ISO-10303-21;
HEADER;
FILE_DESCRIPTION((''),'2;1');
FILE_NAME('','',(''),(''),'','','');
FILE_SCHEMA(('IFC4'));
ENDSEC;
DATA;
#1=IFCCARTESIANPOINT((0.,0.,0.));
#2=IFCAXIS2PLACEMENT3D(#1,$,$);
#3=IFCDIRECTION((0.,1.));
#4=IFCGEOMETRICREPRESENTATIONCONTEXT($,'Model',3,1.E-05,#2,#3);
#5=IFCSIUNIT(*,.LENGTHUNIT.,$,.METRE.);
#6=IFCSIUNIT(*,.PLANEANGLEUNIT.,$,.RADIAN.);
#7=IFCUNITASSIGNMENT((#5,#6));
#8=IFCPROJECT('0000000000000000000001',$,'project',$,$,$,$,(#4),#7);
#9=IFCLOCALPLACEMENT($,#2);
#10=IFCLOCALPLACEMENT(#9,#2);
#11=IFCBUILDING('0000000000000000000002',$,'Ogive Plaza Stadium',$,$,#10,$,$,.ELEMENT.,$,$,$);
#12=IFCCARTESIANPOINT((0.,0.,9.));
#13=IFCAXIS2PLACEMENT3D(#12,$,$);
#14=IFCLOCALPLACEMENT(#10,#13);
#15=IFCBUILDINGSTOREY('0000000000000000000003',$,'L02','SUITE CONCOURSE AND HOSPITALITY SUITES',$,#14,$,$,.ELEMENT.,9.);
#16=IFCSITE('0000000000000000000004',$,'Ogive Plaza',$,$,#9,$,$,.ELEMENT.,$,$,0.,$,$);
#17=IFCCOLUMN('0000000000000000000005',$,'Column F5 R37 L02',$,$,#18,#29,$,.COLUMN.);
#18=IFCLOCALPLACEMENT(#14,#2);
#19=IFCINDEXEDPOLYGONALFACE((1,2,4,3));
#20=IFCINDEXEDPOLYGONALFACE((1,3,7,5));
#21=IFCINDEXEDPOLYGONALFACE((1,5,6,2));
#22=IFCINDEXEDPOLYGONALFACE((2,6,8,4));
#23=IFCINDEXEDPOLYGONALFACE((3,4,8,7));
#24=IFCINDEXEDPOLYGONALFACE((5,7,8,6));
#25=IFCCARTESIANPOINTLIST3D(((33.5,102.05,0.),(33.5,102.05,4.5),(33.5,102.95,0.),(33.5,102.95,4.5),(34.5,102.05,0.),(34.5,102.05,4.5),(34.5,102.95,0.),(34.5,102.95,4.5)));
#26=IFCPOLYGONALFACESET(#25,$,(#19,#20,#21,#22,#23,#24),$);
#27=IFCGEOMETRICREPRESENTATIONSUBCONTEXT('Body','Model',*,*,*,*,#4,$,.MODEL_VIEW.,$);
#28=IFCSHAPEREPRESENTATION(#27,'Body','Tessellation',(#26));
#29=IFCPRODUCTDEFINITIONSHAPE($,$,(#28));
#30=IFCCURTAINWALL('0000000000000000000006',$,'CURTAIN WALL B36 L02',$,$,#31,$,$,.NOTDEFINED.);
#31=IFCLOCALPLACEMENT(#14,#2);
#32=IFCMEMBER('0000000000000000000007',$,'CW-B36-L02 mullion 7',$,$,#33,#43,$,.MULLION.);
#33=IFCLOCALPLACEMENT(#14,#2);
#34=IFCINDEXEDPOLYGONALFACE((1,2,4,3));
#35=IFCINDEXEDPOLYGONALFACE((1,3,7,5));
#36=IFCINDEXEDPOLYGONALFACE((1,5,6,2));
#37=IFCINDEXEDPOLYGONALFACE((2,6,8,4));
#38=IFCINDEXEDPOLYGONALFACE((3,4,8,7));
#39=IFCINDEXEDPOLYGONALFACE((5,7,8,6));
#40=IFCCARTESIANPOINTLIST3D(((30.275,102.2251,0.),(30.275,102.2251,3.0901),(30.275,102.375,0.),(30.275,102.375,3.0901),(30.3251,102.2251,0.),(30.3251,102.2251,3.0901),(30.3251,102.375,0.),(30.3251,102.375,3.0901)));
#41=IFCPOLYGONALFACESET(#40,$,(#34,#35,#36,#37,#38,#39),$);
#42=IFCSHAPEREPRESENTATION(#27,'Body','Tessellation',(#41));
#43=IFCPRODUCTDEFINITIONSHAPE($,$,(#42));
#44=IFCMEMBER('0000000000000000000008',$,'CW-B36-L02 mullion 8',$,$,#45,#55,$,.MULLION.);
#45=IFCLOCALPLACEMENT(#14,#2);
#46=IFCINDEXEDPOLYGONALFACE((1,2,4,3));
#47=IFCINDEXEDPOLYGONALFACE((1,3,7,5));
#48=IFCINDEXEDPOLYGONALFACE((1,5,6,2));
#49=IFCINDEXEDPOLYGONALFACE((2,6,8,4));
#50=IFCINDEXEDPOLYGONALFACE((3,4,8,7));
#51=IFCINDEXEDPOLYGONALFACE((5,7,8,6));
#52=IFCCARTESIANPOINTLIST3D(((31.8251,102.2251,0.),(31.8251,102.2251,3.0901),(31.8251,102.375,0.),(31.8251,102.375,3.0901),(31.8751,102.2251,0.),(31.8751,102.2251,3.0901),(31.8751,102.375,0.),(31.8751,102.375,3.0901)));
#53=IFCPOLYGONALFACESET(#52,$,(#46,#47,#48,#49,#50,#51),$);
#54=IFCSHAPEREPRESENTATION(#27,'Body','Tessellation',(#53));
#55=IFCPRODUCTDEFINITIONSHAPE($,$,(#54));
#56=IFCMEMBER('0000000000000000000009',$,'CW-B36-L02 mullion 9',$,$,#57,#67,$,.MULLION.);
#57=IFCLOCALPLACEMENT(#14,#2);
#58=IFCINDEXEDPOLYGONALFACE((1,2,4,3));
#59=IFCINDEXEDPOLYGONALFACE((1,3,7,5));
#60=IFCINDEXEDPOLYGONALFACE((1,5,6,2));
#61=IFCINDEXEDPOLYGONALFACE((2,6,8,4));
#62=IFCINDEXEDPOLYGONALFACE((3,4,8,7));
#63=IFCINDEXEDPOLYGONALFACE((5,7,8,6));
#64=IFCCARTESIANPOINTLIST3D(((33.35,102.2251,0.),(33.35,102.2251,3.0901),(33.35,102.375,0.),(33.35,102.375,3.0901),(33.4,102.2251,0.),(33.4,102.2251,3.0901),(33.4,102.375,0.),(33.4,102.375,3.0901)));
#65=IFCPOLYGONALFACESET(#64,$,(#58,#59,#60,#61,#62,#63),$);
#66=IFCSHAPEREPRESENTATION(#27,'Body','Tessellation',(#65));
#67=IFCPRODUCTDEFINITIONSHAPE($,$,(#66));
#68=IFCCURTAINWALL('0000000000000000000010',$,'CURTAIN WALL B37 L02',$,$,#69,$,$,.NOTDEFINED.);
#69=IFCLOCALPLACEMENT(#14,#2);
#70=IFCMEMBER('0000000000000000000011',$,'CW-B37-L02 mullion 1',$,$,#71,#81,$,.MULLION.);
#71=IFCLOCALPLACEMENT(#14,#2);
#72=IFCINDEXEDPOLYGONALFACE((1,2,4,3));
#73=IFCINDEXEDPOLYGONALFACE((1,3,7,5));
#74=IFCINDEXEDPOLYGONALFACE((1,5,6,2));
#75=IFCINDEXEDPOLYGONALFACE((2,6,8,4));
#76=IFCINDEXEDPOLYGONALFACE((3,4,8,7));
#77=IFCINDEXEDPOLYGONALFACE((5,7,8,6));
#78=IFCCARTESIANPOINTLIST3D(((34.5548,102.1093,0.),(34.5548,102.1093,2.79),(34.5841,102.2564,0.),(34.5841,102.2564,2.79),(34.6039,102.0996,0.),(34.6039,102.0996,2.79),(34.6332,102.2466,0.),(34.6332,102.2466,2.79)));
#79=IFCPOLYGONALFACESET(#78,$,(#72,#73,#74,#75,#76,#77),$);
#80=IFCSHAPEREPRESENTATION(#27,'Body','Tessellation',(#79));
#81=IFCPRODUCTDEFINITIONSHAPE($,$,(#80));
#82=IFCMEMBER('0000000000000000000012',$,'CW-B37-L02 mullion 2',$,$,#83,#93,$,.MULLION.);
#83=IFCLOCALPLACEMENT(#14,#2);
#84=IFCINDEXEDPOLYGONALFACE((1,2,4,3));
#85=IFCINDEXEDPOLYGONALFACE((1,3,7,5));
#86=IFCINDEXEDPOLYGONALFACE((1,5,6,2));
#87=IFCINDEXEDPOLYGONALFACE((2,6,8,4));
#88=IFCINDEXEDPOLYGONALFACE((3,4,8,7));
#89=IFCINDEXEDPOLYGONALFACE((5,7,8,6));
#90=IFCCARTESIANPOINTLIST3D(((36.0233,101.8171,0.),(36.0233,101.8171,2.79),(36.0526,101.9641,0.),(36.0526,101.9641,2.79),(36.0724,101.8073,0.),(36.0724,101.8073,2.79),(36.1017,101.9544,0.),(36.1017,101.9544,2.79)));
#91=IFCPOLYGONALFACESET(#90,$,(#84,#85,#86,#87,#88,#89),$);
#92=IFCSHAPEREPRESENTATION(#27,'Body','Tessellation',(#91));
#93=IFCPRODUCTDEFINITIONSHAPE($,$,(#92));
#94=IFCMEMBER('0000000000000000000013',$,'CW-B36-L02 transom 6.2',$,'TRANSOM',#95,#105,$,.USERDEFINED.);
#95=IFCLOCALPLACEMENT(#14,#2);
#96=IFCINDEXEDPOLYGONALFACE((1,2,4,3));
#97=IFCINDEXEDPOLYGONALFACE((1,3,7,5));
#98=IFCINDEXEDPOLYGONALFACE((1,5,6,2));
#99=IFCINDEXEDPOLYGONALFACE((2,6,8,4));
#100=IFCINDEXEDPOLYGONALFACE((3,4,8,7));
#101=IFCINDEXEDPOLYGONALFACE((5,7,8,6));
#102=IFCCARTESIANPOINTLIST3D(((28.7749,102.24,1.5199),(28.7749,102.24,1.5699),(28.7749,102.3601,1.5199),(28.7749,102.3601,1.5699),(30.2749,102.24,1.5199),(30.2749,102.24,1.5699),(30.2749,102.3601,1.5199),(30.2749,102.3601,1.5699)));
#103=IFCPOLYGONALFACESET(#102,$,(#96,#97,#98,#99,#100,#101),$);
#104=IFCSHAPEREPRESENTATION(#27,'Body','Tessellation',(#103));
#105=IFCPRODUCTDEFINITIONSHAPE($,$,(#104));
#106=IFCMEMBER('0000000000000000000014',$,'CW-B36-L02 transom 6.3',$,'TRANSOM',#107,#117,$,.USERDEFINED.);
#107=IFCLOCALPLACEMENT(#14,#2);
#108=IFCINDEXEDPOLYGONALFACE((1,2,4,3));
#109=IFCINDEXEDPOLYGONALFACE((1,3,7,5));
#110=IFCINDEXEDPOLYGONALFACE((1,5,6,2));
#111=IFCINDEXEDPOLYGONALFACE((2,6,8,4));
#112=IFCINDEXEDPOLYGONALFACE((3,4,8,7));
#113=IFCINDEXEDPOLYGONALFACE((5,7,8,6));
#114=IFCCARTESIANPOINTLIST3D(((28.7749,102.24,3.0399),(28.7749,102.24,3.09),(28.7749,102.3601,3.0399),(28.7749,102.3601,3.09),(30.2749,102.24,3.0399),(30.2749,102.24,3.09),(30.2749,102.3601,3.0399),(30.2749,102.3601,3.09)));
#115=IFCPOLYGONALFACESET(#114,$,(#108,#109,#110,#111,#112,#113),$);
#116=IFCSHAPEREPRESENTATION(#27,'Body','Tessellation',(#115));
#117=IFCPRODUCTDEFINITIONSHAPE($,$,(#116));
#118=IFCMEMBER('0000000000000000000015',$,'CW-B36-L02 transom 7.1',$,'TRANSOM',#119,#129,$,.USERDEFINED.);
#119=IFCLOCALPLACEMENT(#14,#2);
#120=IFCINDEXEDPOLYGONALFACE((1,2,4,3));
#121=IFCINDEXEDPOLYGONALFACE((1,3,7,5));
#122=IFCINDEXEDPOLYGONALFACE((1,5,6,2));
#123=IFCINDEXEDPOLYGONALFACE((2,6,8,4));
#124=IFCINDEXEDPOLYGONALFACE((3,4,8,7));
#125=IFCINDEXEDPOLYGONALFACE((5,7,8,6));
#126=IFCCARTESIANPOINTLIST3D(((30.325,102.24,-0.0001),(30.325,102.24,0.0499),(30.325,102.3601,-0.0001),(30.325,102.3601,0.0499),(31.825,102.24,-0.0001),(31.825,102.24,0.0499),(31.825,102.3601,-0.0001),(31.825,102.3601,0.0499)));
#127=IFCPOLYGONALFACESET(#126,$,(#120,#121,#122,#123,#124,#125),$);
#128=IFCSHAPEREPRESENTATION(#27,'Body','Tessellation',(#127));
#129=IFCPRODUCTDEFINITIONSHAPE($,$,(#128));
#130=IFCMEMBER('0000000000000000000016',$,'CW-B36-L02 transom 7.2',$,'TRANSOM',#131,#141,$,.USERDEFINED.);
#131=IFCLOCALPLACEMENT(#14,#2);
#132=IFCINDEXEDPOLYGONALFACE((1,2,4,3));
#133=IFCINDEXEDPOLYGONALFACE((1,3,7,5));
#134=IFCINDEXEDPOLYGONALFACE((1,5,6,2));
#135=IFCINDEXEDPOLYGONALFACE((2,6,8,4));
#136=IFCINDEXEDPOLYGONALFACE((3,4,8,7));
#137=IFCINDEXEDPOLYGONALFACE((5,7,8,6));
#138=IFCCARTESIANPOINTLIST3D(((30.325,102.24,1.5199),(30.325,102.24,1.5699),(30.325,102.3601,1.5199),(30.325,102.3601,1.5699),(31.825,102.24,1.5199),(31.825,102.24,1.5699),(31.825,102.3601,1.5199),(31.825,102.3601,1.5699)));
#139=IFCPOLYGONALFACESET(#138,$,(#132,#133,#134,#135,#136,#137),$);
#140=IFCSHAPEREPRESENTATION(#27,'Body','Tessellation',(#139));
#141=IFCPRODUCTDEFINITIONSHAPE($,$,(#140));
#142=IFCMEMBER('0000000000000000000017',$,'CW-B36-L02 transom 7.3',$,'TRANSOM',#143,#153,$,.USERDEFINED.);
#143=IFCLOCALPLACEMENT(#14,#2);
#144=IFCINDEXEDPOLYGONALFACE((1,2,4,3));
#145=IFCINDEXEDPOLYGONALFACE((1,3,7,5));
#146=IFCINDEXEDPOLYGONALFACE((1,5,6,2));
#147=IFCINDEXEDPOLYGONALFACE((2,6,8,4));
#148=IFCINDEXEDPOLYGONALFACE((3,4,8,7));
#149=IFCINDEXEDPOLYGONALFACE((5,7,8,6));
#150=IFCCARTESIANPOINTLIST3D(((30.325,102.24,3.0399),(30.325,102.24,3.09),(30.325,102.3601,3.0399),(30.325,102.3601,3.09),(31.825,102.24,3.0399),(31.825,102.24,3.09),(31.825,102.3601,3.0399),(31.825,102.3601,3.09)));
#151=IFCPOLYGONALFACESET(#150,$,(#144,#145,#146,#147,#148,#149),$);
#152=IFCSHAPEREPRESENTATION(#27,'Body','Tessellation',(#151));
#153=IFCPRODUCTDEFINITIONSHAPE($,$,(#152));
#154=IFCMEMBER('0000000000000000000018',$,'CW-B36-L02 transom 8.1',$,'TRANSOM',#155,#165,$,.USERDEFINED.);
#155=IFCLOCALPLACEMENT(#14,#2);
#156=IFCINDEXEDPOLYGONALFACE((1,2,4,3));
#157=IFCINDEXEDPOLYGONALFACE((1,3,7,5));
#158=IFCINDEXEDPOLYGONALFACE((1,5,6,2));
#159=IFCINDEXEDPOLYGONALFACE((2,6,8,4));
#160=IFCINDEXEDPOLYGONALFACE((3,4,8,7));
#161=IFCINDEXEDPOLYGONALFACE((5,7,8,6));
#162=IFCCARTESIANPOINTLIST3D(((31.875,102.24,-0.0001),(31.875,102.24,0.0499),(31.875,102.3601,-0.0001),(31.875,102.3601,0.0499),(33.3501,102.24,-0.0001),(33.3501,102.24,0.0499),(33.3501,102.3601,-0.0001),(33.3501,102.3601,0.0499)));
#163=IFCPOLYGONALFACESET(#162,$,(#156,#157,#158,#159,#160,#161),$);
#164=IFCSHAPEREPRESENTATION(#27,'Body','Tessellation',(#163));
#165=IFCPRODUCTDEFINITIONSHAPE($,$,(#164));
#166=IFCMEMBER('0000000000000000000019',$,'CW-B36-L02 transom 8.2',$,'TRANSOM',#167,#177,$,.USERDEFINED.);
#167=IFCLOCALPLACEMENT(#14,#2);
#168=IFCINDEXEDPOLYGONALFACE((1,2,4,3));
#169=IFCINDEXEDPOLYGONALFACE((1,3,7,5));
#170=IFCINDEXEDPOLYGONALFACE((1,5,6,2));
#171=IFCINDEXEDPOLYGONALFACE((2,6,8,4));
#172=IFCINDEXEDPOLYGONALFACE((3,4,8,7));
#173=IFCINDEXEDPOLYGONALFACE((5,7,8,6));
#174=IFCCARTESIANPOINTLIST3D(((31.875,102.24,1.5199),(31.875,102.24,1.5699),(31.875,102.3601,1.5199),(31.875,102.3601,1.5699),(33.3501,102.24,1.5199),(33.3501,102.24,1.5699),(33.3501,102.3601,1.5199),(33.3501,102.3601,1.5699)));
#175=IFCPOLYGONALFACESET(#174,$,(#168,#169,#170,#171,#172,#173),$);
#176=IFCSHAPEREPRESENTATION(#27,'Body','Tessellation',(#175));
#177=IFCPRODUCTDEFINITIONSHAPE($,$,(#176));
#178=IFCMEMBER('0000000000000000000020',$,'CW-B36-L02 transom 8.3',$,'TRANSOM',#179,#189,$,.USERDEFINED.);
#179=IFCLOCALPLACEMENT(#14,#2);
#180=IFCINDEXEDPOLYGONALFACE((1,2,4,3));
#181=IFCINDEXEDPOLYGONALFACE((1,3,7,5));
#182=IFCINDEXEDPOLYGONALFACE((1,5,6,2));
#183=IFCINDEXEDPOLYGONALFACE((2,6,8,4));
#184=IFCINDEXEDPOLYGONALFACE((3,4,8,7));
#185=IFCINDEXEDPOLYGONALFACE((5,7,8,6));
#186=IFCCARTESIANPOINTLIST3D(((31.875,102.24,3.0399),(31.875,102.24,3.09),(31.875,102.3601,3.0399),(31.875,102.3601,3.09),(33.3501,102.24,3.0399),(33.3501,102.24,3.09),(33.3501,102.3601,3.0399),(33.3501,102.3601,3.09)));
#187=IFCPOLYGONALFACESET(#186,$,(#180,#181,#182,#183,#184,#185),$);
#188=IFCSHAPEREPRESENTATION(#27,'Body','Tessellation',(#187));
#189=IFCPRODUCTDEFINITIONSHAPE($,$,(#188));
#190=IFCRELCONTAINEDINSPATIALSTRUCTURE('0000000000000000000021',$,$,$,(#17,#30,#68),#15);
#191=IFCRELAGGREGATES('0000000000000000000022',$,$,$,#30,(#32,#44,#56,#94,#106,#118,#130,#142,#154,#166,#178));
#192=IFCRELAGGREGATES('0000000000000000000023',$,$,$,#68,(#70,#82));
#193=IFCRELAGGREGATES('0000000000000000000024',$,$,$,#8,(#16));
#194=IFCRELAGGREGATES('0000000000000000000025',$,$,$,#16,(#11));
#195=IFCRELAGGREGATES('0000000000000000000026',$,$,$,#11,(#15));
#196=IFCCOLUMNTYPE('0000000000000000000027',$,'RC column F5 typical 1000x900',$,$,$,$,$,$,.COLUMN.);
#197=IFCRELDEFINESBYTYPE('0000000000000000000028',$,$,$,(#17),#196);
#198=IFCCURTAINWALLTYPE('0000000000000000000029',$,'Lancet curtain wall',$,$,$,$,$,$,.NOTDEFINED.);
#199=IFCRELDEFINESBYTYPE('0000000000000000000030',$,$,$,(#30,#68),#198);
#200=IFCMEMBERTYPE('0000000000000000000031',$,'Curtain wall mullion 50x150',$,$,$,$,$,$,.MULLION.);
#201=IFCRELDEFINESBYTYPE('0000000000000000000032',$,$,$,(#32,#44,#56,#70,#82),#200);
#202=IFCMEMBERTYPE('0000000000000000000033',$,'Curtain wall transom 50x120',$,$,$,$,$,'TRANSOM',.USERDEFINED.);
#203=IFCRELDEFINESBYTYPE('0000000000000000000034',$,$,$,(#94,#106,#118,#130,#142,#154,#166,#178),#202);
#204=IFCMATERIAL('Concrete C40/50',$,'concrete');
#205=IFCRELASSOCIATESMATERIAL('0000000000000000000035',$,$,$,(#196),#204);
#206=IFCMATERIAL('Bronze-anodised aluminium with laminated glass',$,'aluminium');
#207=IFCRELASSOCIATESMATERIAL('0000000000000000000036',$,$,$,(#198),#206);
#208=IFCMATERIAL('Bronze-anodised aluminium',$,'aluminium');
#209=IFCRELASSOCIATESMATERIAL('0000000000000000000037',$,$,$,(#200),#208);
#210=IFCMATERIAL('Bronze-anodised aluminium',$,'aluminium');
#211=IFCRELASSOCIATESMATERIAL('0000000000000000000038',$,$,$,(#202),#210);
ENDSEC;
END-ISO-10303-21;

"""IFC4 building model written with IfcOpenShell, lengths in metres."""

from ifc_helpers import new_model, si_unit, direction, frame, origin, origin_2d, place, context, subcontext, project, spatial, rectangle, extrude, material, material_profile, profile_set, type_object, element, aggregate, save


model = new_model("IFC4")

# Units and contexts
model_context = context("Model", 3, precision=1e-05, world=origin(), true_north=direction((0.0, 1.0)))
body_context = subcontext(model_context, "Body", "Model", "MODEL_VIEW")
ifc_project = project(units=[si_unit("LENGTHUNIT", "METRE"), si_unit("PLANEANGLEUNIT", "RADIAN")], contexts=[model_context])

# Site, building, storey
site_placement = place(None, origin())
site = spatial("IfcSite", under=ifc_project, at=site_placement, Name="Ogive Plaza", CompositionType="ELEMENT", RefElevation=0.0)
building_placement = place(site_placement, origin())
building = spatial("IfcBuilding", under=site, at=building_placement, Name="Ogive Plaza Stadium", CompositionType="ELEMENT")
storey_placement = place(building_placement, frame((0.0, 0.0, 9.0)))
storey = spatial("IfcBuildingStorey", under=building, at=storey_placement, Name="L02", Description="SUITE CONCOURSE AND HOSPITALITY SUITES", CompositionType="ELEMENT", Elevation=9.0)

# Column
ifc_material_1 = material(Name="Concrete C40/50", Category="concrete")
ifc_material_profile_1 = material_profile(ifc_material_1, rectangle(XDim=1.0, YDim=0.8999, at=origin_2d()), Name="RC 1000x900")
ifc_profile_set_1 = profile_set([ifc_material_profile_1], Name="Concrete C40/50")
column_type = type_object("IfcColumnType", Name="RC column F5 typical 1000x900", PredefinedType="COLUMN", material=ifc_profile_set_1)
column_placement = place(storey_placement, frame((34.0, 102.5, 0.0), z_axis=(0.0, 0.0, 1.0), x_axis=(-1.0, 0.0, 0.0)))
element("IfcColumn", 1, at=column_placement, inside=storey, type_object=column_type, Name="Column F5 R37 L02", PredefinedType="COLUMN", context=body_context, shape_type="SweptSolid", body=[
    extrude(rectangle(XDim=1.0, YDim=0.8999, at=origin_2d()), origin(), (0.0, 0.0, 1.0), 4.5),
])

# Curtain walls, members
ifc_material_2 = material(Name="Bronze-anodised aluminium with laminated glass", Category="aluminium")
curtain_wall_type = type_object("IfcCurtainWallType", Name="Lancet curtain wall", PredefinedType="NOTDEFINED", material=ifc_material_2)
curtain_wall_1_placement = place(storey_placement, origin())
curtain_wall_1 = element("IfcCurtainWall", 2, at=curtain_wall_1_placement, inside=storey, type_object=curtain_wall_type, Name="CURTAIN WALL B36 L02", PredefinedType="NOTDEFINED")
ifc_material_3 = material(Name="Bronze-anodised aluminium", Category="aluminium")
ifc_material_profile_2 = material_profile(ifc_material_3, rectangle(XDim=0.1499, YDim=0.05, at=origin_2d()), Name="AL 150x50")
ifc_profile_set_2 = profile_set([ifc_material_profile_2], Name="Bronze-anodised aluminium")
member_type_1 = type_object("IfcMemberType", Name="Curtain wall mullion 50x150", PredefinedType="MULLION", material=ifc_profile_set_2)
member_1_placement = place(storey_placement, frame((30.3, 102.3, 0.0), z_axis=(0.0, 0.0, 1.0), x_axis=(0.0, 1.0, 0.0)))
member_1 = element("IfcMember", 3, at=member_1_placement, type_object=member_type_1, Name="CW-B36-L02 mullion 7", PredefinedType="MULLION", context=body_context, shape_type="SweptSolid", body=[
    extrude(rectangle(XDim=0.1499, YDim=0.05, at=origin_2d()), origin(), (0.0, 0.0, 1.0), 3.0901),
])
member_2_placement = place(storey_placement, frame((31.8501, 102.3, 0.0), z_axis=(0.0, 0.0, 1.0), x_axis=(0.0, 1.0, 0.0)))
member_2 = element("IfcMember", 4, at=member_2_placement, type_object=member_type_1, Name="CW-B36-L02 mullion 8", PredefinedType="MULLION", context=body_context, shape_type="SweptSolid", body=[
    extrude(rectangle(XDim=0.1499, YDim=0.05, at=origin_2d()), origin(), (0.0, 0.0, 1.0), 3.0901),
])
member_3_placement = place(storey_placement, frame((33.375, 102.3, 0.0), z_axis=(0.0, 0.0, 1.0), x_axis=(0.0, 1.0, 0.0)))
member_3 = element("IfcMember", 5, at=member_3_placement, type_object=member_type_1, Name="CW-B36-L02 mullion 9", PredefinedType="MULLION", context=body_context, shape_type="SweptSolid", body=[
    extrude(rectangle(XDim=0.1499, YDim=0.05, at=origin_2d()), origin(), (0.0, 0.0, 1.0), 3.0901),
])
curtain_wall_2_placement = place(storey_placement, origin())
curtain_wall_2 = element("IfcCurtainWall", 6, at=curtain_wall_2_placement, inside=storey, type_object=curtain_wall_type, Name="CURTAIN WALL B37 L02", PredefinedType="NOTDEFINED")
member_4_placement = place(storey_placement, frame((34.594, 102.178, 0.0), z_axis=(0.0, 0.0, 1.0), x_axis=(0.19509, 0.980785, 0.0)))
member_4 = element("IfcMember", 7, at=member_4_placement, type_object=member_type_1, Name="CW-B37-L02 mullion 1", PredefinedType="MULLION", context=body_context, shape_type="SweptSolid", body=[
    extrude(rectangle(XDim=0.1499, YDim=0.05, at=origin_2d()), origin(), (0.0, 0.0, 1.0), 2.79),
])
member_5_placement = place(storey_placement, frame((36.0625, 101.8857, 0.0), z_axis=(0.0, 0.0, 1.0), x_axis=(0.19509, 0.980785, 0.0)))
member_5 = element("IfcMember", 8, at=member_5_placement, type_object=member_type_1, Name="CW-B37-L02 mullion 2", PredefinedType="MULLION", context=body_context, shape_type="SweptSolid", body=[
    extrude(rectangle(XDim=0.1499, YDim=0.05, at=origin_2d()), origin(), (0.0, 0.0, 1.0), 2.79),
])

# Members
ifc_material_4 = material(Name="Bronze-anodised aluminium", Category="aluminium")
ifc_material_profile_3 = material_profile(ifc_material_4, rectangle(XDim=0.1201, YDim=0.05, at=origin_2d()), Name="AL 120x50")
ifc_profile_set_3 = profile_set([ifc_material_profile_3], Name="Bronze-anodised aluminium")
member_type_2 = type_object("IfcMemberType", Name="Curtain wall transom 50x120", ElementType="TRANSOM", PredefinedType="USERDEFINED", material=ifc_profile_set_3)
member_6_placement = place(storey_placement, frame((28.7749, 102.3, 1.5449), z_axis=(1.0, 0.0, 0.0), x_axis=(0.0, 1.0, 0.0)))
member_6 = element("IfcMember", 9, at=member_6_placement, type_object=member_type_2, Name="CW-B36-L02 transom 6.2", ObjectType="TRANSOM", PredefinedType="USERDEFINED", context=body_context, shape_type="SweptSolid", body=[
    extrude(rectangle(XDim=0.1201, YDim=0.05, at=origin_2d()), origin(), (0.0, 0.0, 1.0), 1.5),
])
member_7_placement = place(storey_placement, frame((28.7749, 102.3, 3.0649), z_axis=(1.0, 0.0, 0.0), x_axis=(0.0, 1.0, 0.0)))
member_7 = element("IfcMember", 10, at=member_7_placement, type_object=member_type_2, Name="CW-B36-L02 transom 6.3", ObjectType="TRANSOM", PredefinedType="USERDEFINED", context=body_context, shape_type="SweptSolid", body=[
    extrude(rectangle(XDim=0.1201, YDim=0.05, at=origin_2d()), origin(), (0.0, 0.0, 1.0), 1.5),
])
member_8_placement = place(storey_placement, frame((30.325, 102.3, 0.0249), z_axis=(1.0, 0.0, 0.0), x_axis=(0.0, 1.0, 0.0)))
member_8 = element("IfcMember", 11, at=member_8_placement, type_object=member_type_2, Name="CW-B36-L02 transom 7.1", ObjectType="TRANSOM", PredefinedType="USERDEFINED", context=body_context, shape_type="SweptSolid", body=[
    extrude(rectangle(XDim=0.1201, YDim=0.05, at=origin_2d()), origin(), (0.0, 0.0, 1.0), 1.5),
])
member_9_placement = place(storey_placement, frame((30.325, 102.3, 1.5449), z_axis=(1.0, 0.0, 0.0), x_axis=(0.0, 1.0, 0.0)))
member_9 = element("IfcMember", 12, at=member_9_placement, type_object=member_type_2, Name="CW-B36-L02 transom 7.2", ObjectType="TRANSOM", PredefinedType="USERDEFINED", context=body_context, shape_type="SweptSolid", body=[
    extrude(rectangle(XDim=0.1201, YDim=0.05, at=origin_2d()), origin(), (0.0, 0.0, 1.0), 1.5),
])
member_10_placement = place(storey_placement, frame((30.325, 102.3, 3.0649), z_axis=(1.0, 0.0, 0.0), x_axis=(0.0, 1.0, 0.0)))
member_10 = element("IfcMember", 13, at=member_10_placement, type_object=member_type_2, Name="CW-B36-L02 transom 7.3", ObjectType="TRANSOM", PredefinedType="USERDEFINED", context=body_context, shape_type="SweptSolid", body=[
    extrude(rectangle(XDim=0.1201, YDim=0.05, at=origin_2d()), origin(), (0.0, 0.0, 1.0), 1.5),
])
member_11_placement = place(storey_placement, frame((31.875, 102.3, 0.0249), z_axis=(1.0, 0.0, 0.0), x_axis=(0.0, 1.0, 0.0)))
member_11 = element("IfcMember", 14, at=member_11_placement, type_object=member_type_2, Name="CW-B36-L02 transom 8.1", ObjectType="TRANSOM", PredefinedType="USERDEFINED", context=body_context, shape_type="SweptSolid", body=[
    extrude(rectangle(XDim=0.1201, YDim=0.05, at=origin_2d()), origin(), (0.0, 0.0, 1.0), 1.4751),
])
member_12_placement = place(storey_placement, frame((31.875, 102.3, 1.5449), z_axis=(1.0, 0.0, 0.0), x_axis=(0.0, 1.0, 0.0)))
member_12 = element("IfcMember", 15, at=member_12_placement, type_object=member_type_2, Name="CW-B36-L02 transom 8.2", ObjectType="TRANSOM", PredefinedType="USERDEFINED", context=body_context, shape_type="SweptSolid", body=[
    extrude(rectangle(XDim=0.1201, YDim=0.05, at=origin_2d()), origin(), (0.0, 0.0, 1.0), 1.4751),
])
member_13_placement = place(storey_placement, frame((31.875, 102.3, 3.0649), z_axis=(1.0, 0.0, 0.0), x_axis=(0.0, 1.0, 0.0)))
member_13 = element("IfcMember", 16, at=member_13_placement, type_object=member_type_2, Name="CW-B36-L02 transom 8.3", ObjectType="TRANSOM", PredefinedType="USERDEFINED", context=body_context, shape_type="SweptSolid", body=[
    extrude(rectangle(XDim=0.1201, YDim=0.05, at=origin_2d()), origin(), (0.0, 0.0, 1.0), 1.4751),
])

aggregate(curtain_wall_1, [member_1, member_2, member_3, member_6, member_7, member_8, member_9, member_10, member_11, member_12, member_13])
aggregate(curtain_wall_2, [member_4, member_5])

save(model, "model.ifc")
